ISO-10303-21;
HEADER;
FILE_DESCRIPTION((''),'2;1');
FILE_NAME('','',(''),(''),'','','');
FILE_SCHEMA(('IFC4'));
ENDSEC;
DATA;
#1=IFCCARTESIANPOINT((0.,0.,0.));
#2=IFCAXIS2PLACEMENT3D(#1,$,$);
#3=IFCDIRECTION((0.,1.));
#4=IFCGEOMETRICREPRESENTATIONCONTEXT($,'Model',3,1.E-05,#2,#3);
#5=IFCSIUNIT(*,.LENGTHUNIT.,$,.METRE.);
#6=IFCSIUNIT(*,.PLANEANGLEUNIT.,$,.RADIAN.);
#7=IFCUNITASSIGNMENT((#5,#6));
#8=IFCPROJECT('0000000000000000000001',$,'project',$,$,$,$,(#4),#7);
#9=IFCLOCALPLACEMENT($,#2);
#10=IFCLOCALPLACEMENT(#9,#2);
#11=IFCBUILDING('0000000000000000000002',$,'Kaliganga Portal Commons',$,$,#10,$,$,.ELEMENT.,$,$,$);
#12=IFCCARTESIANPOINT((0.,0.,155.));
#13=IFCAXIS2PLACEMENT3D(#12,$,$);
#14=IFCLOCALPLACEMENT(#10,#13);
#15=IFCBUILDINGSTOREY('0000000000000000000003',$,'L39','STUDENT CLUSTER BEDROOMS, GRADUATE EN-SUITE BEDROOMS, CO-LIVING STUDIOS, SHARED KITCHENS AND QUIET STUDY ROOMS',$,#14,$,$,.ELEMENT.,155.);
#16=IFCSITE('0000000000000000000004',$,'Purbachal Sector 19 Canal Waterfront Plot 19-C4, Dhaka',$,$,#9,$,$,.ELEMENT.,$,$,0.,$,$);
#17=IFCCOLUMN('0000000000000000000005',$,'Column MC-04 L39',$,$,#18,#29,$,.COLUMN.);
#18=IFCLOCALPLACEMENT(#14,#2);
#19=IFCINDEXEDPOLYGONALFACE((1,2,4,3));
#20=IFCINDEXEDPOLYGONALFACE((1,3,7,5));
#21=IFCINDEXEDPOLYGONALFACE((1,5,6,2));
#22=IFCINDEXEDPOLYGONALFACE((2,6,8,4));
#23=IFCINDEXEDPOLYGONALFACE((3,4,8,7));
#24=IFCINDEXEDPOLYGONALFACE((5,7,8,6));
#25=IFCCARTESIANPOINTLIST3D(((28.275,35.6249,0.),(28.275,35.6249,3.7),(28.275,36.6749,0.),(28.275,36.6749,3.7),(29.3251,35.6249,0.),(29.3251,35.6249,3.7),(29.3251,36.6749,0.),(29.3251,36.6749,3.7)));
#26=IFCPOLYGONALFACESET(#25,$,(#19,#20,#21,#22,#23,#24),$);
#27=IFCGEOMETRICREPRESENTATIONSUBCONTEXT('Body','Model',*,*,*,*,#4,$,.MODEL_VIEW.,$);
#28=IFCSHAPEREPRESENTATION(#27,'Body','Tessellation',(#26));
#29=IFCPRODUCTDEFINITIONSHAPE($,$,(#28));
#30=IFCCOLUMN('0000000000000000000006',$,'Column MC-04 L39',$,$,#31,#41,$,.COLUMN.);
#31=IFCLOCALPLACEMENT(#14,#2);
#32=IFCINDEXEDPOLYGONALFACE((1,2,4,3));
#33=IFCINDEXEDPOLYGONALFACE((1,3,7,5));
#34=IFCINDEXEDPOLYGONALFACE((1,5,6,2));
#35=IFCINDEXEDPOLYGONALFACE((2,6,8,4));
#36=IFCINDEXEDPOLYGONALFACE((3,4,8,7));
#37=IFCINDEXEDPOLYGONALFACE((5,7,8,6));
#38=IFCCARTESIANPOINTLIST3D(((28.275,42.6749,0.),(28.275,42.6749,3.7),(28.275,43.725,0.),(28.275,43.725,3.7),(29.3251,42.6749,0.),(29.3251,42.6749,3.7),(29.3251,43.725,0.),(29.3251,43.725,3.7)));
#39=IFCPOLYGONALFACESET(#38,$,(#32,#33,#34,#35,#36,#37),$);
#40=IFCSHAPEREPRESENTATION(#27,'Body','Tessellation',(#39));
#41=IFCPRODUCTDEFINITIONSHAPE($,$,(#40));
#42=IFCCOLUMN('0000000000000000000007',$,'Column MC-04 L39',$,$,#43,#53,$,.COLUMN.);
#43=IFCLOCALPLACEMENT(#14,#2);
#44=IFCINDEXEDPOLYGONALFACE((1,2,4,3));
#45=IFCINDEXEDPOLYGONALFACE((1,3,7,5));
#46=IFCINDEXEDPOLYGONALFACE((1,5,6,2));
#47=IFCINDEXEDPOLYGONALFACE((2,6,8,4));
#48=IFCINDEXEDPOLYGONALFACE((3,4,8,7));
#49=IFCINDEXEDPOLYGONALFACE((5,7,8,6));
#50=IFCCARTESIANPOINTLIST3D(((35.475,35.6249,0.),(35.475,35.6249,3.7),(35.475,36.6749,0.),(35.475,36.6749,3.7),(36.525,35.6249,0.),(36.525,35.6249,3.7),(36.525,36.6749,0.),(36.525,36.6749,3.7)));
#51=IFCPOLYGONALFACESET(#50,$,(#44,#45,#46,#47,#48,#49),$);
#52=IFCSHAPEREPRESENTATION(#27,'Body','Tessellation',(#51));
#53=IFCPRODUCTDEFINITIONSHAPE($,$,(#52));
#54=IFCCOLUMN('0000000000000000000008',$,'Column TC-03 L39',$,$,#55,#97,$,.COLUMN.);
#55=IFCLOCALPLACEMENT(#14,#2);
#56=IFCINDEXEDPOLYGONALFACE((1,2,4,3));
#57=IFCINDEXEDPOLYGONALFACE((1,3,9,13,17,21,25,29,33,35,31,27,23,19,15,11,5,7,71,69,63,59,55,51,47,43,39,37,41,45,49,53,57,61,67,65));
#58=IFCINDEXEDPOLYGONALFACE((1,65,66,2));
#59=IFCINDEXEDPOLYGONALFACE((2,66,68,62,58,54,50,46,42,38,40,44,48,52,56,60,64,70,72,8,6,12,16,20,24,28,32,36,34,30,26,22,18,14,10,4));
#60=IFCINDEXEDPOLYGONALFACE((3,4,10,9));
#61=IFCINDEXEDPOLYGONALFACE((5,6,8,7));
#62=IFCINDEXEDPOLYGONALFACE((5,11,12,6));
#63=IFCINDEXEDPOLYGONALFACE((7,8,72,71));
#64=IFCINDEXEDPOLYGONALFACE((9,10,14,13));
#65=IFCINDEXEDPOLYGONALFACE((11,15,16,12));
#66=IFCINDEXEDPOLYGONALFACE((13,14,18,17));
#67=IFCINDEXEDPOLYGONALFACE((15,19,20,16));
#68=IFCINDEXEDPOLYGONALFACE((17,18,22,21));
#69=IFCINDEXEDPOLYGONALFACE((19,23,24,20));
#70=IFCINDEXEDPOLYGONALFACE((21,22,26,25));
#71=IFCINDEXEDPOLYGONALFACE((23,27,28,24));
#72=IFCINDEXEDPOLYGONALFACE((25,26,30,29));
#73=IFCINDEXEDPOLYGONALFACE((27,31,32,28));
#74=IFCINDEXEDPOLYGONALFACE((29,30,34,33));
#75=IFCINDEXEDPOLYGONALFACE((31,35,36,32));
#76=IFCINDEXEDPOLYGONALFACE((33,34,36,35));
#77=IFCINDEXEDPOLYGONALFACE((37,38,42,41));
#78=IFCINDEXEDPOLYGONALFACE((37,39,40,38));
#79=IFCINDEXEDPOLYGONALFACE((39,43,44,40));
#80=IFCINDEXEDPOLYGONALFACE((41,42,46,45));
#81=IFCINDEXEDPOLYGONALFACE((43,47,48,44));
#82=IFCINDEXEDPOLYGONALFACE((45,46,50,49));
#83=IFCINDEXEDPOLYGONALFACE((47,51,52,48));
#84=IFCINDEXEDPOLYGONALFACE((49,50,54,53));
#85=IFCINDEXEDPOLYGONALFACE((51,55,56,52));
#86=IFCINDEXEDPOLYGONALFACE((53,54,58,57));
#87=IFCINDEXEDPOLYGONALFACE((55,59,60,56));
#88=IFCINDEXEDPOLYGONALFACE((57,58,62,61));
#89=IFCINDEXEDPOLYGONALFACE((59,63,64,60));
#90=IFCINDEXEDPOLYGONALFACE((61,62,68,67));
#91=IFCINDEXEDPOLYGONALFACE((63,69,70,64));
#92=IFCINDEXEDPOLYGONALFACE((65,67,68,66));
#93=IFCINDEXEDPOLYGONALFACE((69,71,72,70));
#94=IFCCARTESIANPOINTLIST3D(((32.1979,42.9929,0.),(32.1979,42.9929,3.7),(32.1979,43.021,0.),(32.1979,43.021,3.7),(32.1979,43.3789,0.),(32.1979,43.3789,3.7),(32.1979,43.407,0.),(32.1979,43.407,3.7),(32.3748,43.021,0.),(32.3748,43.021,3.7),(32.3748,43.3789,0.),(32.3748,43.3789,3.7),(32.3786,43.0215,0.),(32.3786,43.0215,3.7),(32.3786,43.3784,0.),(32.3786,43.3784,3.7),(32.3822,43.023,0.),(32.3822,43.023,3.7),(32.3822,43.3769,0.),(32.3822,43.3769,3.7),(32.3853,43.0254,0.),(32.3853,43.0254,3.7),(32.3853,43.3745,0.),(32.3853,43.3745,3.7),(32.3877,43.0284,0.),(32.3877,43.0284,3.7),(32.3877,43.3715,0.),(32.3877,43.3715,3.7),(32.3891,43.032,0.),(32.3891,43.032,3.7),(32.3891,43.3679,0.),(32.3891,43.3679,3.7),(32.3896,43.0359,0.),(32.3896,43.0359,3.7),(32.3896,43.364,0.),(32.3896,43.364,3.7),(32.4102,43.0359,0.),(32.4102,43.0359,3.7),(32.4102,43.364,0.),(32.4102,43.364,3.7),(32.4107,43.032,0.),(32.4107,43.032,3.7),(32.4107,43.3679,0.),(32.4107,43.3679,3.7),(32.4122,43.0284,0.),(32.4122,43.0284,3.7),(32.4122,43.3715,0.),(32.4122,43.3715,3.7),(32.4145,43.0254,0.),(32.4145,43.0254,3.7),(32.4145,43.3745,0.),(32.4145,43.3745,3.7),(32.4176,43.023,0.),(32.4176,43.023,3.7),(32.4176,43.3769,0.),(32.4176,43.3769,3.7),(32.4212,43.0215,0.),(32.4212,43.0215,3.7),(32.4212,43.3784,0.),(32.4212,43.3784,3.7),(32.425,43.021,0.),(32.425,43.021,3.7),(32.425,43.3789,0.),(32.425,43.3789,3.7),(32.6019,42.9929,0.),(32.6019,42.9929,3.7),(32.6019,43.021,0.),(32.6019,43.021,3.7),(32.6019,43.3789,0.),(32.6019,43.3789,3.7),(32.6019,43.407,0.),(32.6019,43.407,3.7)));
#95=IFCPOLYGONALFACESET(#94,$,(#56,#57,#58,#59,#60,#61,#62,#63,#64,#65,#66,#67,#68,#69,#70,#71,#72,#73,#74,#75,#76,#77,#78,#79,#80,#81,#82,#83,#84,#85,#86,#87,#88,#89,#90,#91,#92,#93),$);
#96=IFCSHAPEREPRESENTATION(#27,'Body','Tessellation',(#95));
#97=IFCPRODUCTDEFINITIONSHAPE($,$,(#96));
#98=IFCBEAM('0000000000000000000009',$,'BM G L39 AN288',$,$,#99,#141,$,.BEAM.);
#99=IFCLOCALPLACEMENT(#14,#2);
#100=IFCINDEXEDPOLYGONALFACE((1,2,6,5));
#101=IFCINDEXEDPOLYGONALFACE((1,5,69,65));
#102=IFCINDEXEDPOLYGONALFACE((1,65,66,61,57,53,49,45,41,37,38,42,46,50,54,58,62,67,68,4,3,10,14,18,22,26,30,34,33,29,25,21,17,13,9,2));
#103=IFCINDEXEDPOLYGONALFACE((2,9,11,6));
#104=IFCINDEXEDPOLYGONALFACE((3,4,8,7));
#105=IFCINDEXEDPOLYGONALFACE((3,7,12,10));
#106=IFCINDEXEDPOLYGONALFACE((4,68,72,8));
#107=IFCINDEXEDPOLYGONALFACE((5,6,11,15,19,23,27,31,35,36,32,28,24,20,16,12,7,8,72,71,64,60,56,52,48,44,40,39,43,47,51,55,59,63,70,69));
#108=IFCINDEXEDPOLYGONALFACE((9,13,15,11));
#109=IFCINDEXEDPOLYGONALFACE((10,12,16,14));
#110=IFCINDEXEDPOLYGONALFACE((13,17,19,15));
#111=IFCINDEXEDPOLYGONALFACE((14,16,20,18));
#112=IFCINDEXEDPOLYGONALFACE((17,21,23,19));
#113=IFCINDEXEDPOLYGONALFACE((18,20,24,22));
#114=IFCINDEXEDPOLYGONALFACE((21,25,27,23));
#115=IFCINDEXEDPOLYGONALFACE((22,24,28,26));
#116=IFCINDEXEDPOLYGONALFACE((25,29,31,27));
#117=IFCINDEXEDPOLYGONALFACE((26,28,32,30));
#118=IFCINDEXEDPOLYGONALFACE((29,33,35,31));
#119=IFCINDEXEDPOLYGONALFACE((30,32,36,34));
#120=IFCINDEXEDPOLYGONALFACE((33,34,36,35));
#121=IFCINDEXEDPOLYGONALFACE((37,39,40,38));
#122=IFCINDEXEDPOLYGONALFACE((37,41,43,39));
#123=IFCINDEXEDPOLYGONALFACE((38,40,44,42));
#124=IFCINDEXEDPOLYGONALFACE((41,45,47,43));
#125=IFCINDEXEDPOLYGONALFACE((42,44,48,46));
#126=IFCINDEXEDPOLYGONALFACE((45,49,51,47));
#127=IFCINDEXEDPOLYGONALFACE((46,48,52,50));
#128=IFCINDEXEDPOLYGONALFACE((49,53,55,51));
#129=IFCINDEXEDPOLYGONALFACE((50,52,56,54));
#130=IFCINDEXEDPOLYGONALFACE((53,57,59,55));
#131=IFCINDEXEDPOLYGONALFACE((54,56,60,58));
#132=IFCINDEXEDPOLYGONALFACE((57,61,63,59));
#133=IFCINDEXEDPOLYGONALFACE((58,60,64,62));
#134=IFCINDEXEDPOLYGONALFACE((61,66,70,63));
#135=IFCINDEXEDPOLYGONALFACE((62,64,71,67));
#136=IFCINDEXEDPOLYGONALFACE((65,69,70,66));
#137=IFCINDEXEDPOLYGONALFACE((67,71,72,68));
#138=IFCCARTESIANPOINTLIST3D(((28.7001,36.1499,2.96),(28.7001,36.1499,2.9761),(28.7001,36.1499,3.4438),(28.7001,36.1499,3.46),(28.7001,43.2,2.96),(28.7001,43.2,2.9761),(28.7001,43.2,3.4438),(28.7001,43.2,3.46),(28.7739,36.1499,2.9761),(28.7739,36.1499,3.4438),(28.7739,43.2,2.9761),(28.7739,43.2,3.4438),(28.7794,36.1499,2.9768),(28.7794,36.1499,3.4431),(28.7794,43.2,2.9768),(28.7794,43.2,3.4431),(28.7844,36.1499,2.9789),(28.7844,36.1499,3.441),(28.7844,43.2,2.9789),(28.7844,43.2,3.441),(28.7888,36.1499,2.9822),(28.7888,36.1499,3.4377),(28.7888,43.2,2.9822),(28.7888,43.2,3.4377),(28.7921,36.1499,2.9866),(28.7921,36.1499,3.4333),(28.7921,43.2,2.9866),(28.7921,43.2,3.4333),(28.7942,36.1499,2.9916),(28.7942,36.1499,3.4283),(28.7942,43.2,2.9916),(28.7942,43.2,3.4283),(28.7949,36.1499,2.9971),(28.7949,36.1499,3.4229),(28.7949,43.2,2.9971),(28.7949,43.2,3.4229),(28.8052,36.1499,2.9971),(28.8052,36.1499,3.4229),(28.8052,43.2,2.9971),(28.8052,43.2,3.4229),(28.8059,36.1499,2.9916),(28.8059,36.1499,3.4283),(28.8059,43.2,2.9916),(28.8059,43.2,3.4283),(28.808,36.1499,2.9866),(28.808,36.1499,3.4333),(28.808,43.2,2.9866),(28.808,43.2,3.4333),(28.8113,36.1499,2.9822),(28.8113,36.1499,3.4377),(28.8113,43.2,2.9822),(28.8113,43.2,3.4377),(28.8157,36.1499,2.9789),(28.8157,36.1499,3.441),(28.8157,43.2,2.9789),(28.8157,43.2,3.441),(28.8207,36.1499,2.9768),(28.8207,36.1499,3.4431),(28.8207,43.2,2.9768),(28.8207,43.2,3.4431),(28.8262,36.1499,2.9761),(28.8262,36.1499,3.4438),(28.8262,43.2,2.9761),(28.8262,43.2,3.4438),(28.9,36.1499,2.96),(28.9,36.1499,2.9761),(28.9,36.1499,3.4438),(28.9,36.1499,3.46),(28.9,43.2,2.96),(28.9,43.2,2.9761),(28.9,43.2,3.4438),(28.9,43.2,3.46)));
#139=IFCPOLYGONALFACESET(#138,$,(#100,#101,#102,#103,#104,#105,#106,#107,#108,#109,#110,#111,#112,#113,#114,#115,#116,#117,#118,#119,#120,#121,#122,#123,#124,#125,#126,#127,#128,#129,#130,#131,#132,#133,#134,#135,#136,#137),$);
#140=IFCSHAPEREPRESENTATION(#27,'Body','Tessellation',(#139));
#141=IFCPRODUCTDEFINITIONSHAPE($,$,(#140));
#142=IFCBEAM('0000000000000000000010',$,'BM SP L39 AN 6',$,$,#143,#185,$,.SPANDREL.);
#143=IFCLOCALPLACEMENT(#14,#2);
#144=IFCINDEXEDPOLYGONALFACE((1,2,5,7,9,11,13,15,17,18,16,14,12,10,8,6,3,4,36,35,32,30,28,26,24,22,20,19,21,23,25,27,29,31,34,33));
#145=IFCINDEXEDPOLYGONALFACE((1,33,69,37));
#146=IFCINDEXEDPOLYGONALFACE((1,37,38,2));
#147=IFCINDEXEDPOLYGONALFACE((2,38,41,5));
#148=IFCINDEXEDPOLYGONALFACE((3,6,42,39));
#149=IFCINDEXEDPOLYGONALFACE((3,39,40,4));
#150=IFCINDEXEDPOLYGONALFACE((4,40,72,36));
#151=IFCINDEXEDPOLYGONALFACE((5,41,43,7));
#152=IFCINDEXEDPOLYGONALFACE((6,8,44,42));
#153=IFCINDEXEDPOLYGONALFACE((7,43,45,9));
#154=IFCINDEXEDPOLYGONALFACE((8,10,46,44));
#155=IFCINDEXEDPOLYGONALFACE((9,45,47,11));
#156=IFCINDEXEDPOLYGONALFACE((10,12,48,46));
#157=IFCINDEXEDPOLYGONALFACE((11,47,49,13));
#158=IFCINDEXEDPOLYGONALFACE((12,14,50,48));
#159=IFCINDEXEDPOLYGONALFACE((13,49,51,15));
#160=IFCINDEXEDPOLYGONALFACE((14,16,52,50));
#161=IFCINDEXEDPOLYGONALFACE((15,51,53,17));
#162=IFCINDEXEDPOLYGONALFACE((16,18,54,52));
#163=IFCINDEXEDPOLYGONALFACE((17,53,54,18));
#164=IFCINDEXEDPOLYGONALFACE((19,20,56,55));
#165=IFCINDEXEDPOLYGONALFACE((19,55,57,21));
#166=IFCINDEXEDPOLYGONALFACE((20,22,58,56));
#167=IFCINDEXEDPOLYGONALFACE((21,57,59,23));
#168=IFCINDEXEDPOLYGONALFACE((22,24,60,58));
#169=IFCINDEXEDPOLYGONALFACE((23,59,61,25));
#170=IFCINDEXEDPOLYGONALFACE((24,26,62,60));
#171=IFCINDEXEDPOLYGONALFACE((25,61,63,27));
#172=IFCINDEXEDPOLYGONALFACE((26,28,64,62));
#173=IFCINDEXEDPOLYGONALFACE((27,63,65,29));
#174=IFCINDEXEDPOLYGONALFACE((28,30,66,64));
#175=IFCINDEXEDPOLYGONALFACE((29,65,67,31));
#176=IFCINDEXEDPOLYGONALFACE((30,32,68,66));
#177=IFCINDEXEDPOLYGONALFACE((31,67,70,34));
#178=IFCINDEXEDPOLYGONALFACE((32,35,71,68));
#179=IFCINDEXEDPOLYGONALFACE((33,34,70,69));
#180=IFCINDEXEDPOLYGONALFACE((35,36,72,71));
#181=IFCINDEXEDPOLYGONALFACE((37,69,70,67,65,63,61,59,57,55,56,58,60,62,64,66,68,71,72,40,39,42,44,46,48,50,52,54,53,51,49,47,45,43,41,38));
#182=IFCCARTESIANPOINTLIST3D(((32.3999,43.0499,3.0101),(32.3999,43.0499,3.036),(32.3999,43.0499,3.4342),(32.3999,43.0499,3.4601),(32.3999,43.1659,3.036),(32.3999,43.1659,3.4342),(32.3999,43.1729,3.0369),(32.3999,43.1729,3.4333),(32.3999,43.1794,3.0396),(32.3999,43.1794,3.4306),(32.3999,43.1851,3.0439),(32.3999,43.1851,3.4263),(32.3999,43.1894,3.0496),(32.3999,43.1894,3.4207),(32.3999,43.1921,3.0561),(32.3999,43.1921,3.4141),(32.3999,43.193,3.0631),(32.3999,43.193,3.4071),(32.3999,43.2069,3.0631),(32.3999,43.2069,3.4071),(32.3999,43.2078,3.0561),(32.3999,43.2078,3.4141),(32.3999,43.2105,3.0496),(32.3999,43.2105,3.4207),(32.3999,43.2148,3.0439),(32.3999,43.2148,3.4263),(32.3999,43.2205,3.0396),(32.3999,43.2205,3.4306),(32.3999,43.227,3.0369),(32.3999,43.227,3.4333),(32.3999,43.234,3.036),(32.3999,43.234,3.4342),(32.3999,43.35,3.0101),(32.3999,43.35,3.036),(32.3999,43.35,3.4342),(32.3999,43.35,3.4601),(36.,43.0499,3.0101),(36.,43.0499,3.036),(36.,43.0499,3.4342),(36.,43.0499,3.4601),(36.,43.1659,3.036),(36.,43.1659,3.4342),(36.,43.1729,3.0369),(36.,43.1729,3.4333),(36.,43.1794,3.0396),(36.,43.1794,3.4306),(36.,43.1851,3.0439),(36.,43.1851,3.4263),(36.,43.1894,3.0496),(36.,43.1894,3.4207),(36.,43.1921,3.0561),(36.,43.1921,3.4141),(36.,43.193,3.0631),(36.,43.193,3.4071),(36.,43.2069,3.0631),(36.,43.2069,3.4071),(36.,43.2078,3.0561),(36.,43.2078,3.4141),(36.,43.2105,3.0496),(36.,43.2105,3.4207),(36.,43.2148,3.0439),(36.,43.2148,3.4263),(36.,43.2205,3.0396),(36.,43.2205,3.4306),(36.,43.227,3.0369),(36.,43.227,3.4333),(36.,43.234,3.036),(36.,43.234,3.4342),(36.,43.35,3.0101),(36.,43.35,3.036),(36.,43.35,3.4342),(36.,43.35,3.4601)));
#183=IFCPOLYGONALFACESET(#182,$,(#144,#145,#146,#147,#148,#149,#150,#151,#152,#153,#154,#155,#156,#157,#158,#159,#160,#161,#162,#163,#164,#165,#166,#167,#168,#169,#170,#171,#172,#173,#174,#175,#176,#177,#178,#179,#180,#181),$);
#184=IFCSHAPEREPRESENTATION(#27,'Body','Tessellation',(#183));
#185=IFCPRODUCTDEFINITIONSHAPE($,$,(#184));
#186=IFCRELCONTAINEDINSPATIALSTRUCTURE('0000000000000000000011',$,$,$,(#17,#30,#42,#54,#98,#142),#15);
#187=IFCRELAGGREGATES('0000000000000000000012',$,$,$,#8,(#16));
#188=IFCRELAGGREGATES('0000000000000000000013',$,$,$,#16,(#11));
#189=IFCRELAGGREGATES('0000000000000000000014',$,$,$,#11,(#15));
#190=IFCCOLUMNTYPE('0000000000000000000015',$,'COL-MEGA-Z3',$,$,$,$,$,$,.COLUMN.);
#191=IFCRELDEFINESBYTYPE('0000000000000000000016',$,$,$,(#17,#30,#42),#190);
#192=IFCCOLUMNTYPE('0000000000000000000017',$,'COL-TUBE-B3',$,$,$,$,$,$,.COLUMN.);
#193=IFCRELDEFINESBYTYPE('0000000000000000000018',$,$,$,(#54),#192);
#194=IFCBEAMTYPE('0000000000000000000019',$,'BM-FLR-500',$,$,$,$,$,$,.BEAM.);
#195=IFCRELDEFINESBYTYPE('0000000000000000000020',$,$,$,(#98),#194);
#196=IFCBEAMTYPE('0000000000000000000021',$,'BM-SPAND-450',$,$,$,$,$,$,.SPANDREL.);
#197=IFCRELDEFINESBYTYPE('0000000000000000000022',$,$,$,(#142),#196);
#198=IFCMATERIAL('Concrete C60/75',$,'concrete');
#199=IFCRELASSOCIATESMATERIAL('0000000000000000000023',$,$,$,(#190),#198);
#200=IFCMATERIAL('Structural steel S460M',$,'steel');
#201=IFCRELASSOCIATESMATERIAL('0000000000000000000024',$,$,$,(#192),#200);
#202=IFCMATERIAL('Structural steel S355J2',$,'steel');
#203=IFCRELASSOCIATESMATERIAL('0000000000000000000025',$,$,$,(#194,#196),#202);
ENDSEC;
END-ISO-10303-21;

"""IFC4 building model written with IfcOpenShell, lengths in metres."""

from ifc_helpers import new_model, si_unit, direction, frame, origin, origin_2d, place, context, subcontext, project, spatial, rectangle, i_section, extrude, source, transform, mapped, material, material_profile, profile_set, type_object, element, save


model = new_model("IFC4")

# Units and contexts
model_context = context("Model", 3, precision=1e-05, world=origin(), true_north=direction((0.0, 1.0)))
body_context = subcontext(model_context, "Body", "Model", "MODEL_VIEW")
ifc_project = project(units=[si_unit("LENGTHUNIT", "METRE"), si_unit("PLANEANGLEUNIT", "RADIAN")], contexts=[model_context])

# Site, building, storey
site_placement = place(None, origin())
site = spatial("IfcSite", under=ifc_project, at=site_placement, Name="Purbachal Sector 19 Canal Waterfront Plot 19-C4, Dhaka", CompositionType="ELEMENT", RefElevation=0.0)
building_placement = place(site_placement, origin())
building = spatial("IfcBuilding", under=site, at=building_placement, Name="Kaliganga Portal Commons", CompositionType="ELEMENT")
storey_placement = place(building_placement, frame((0.0, 0.0, 155.0)))
storey = spatial("IfcBuildingStorey", under=building, at=storey_placement, Name="L39", Description="STUDENT CLUSTER BEDROOMS, GRADUATE EN-SUITE BEDROOMS, CO-LIVING STUDIOS, SHARED KITCHENS AND QUIET STUDY ROOMS", CompositionType="ELEMENT", Elevation=155.0)

# Columns
ifc_material_1 = material(Name="Concrete C60/75", Category="concrete")
ifc_material_profile_1 = material_profile(ifc_material_1, rectangle(XDim=1.05, YDim=1.05, at=origin_2d()), Name="RC 1050x1050")
ifc_profile_set_1 = profile_set([ifc_material_profile_1], Name="Concrete C60/75")
column_type_1 = type_object("IfcColumnType", Name="COL-MEGA-Z3", PredefinedType="COLUMN", material=ifc_profile_set_1)
shared_shape_1 = source(origin(), body_context, "Body", "SweptSolid", [
    extrude(rectangle(XDim=1.05, YDim=1.05, at=origin_2d()), origin(), (0.0, 0.0, 1.0), 3.7),
])
for number, where, z_axis, x_axis, name in (
    (1, (28.8, 36.1499, 0.0), (0.0, 0.0, 1.0), (1.0, 0.0, 0.0), "Column MC-04 L39"),
    (2, (28.8, 43.2, 0.0), (0.0, 0.0, 1.0), (1.0, 0.0, 0.0), "Column MC-04 L39"),
    (3, (36.0, 36.1499, 0.0), (0.0, 0.0, 1.0), (1.0, 0.0, 0.0), "Column MC-04 L39"),
):
    element("IfcColumn", number, at=place(storey_placement, frame(where, z_axis=z_axis, x_axis=x_axis)), inside=storey, type_object=column_type_1, Name=name, PredefinedType="COLUMN", context=body_context, shape_type="MappedRepresentation", body=[
        mapped(shared_shape_1, transform((0.0, 0.0, 0.0), x_axis=(1.0, 0.0, 0.0), y_axis=(0.0, 1.0, 0.0), z_axis=(0.0, 0.0, 1.0), scale=1.0)),
    ])
ifc_material_2 = material(Name="Structural steel S460M", Category="steel")
ifc_material_profile_2 = material_profile(ifc_material_2, i_section(OverallWidth=0.4041, OverallDepth=0.4141, WebThickness=0.0205, FlangeThickness=0.0281, FilletRadius=0.0149, at=origin_2d()), Name="HD 400x347")
ifc_profile_set_2 = profile_set([ifc_material_profile_2], Name="Structural steel S460M wide-flange")
column_type_2 = type_object("IfcColumnType", Name="COL-TUBE-B3", PredefinedType="COLUMN", material=ifc_profile_set_2)
shared_shape_2 = source(origin(), body_context, "Body", "SweptSolid", [
    extrude(i_section(OverallWidth=0.4041, OverallDepth=0.4141, WebThickness=0.0205, FlangeThickness=0.0281, FilletRadius=0.0149, at=origin_2d()), origin(), (0.0, 0.0, 1.0), 3.7),
])
column_placement = place(storey_placement, frame((32.3999, 43.2, 0.0), z_axis=(0.0, 0.0, 1.0), x_axis=(1.0, 0.0, 0.0)))
element("IfcColumn", 4, at=column_placement, inside=storey, type_object=column_type_2, Name="Column TC-03 L39", PredefinedType="COLUMN", context=body_context, shape_type="MappedRepresentation", body=[
    mapped(shared_shape_2, transform((0.0, 0.0, 0.0), x_axis=(1.0, 0.0, 0.0), y_axis=(0.0, 1.0, 0.0), z_axis=(0.0, 0.0, 1.0), scale=1.0)),
])

# Beams
ifc_material_3 = material(Name="Structural steel S355J2", Category="steel")
ifc_material_profile_3 = material_profile(ifc_material_3, i_section(OverallWidth=0.2, OverallDepth=0.5, WebThickness=0.0103, FlangeThickness=0.0161, FilletRadius=0.021, at=origin_2d()), Name="IPE 500")
ifc_profile_set_3 = profile_set([ifc_material_profile_3], Name="Structural steel S355J2 wide-flange")
beam_type_1 = type_object("IfcBeamType", Name="BM-FLR-500", PredefinedType="BEAM", material=ifc_profile_set_3)
shared_shape_3 = source(origin(), body_context, "Body", "SweptSolid", [
    extrude(i_section(OverallWidth=0.2, OverallDepth=0.5, WebThickness=0.0103, FlangeThickness=0.0161, FilletRadius=0.021, at=origin_2d()), origin(), (0.0, 0.0, 1.0), 7.05),
])
beam_1_placement = place(storey_placement, frame((28.8, 36.1499, 3.21), z_axis=(0.0, 1.0, 0.0), x_axis=(-1.0, 0.0, 0.0)))
element("IfcBeam", 5, at=beam_1_placement, inside=storey, type_object=beam_type_1, Name="BM G L39 AN288", PredefinedType="BEAM", context=body_context, shape_type="MappedRepresentation", body=[
    mapped(shared_shape_3, transform((0.0, 0.0, 0.0), x_axis=(1.0, 0.0, 0.0), y_axis=(0.0, 1.0, 0.0), z_axis=(0.0, 0.0, 1.0), scale=1.0)),
])
ifc_material_profile_4 = material_profile(ifc_material_3, i_section(OverallWidth=0.3, OverallDepth=0.45, WebThickness=0.0139, FlangeThickness=0.0259, FilletRadius=0.0271, at=origin_2d()), Name="HE 450 B")
ifc_profile_set_4 = profile_set([ifc_material_profile_4], Name="Structural steel S355J2 wide-flange")
beam_type_2 = type_object("IfcBeamType", Name="BM-SPAND-450", PredefinedType="SPANDREL", material=ifc_profile_set_4)
shared_shape_4 = source(origin(), body_context, "Body", "SweptSolid", [
    extrude(i_section(OverallWidth=0.3, OverallDepth=0.45, WebThickness=0.0139, FlangeThickness=0.0259, FilletRadius=0.0271, at=origin_2d()), origin(), (0.0, 0.0, 1.0), 3.6001),
])
beam_2_placement = place(storey_placement, frame((32.3999, 43.2, 3.2351), z_axis=(1.0, 0.0, 0.0), x_axis=(0.0, 1.0, 0.0)))
element("IfcBeam", 6, at=beam_2_placement, inside=storey, type_object=beam_type_2, Name="BM SP L39 AN 6", PredefinedType="SPANDREL", context=body_context, shape_type="MappedRepresentation", body=[
    mapped(shared_shape_4, transform((0.0, 0.0, 0.0), x_axis=(1.0, 0.0, 0.0), y_axis=(0.0, 1.0, 0.0), z_axis=(0.0, 0.0, 1.0), scale=1.0)),
])

save(model, "model.ifc")
